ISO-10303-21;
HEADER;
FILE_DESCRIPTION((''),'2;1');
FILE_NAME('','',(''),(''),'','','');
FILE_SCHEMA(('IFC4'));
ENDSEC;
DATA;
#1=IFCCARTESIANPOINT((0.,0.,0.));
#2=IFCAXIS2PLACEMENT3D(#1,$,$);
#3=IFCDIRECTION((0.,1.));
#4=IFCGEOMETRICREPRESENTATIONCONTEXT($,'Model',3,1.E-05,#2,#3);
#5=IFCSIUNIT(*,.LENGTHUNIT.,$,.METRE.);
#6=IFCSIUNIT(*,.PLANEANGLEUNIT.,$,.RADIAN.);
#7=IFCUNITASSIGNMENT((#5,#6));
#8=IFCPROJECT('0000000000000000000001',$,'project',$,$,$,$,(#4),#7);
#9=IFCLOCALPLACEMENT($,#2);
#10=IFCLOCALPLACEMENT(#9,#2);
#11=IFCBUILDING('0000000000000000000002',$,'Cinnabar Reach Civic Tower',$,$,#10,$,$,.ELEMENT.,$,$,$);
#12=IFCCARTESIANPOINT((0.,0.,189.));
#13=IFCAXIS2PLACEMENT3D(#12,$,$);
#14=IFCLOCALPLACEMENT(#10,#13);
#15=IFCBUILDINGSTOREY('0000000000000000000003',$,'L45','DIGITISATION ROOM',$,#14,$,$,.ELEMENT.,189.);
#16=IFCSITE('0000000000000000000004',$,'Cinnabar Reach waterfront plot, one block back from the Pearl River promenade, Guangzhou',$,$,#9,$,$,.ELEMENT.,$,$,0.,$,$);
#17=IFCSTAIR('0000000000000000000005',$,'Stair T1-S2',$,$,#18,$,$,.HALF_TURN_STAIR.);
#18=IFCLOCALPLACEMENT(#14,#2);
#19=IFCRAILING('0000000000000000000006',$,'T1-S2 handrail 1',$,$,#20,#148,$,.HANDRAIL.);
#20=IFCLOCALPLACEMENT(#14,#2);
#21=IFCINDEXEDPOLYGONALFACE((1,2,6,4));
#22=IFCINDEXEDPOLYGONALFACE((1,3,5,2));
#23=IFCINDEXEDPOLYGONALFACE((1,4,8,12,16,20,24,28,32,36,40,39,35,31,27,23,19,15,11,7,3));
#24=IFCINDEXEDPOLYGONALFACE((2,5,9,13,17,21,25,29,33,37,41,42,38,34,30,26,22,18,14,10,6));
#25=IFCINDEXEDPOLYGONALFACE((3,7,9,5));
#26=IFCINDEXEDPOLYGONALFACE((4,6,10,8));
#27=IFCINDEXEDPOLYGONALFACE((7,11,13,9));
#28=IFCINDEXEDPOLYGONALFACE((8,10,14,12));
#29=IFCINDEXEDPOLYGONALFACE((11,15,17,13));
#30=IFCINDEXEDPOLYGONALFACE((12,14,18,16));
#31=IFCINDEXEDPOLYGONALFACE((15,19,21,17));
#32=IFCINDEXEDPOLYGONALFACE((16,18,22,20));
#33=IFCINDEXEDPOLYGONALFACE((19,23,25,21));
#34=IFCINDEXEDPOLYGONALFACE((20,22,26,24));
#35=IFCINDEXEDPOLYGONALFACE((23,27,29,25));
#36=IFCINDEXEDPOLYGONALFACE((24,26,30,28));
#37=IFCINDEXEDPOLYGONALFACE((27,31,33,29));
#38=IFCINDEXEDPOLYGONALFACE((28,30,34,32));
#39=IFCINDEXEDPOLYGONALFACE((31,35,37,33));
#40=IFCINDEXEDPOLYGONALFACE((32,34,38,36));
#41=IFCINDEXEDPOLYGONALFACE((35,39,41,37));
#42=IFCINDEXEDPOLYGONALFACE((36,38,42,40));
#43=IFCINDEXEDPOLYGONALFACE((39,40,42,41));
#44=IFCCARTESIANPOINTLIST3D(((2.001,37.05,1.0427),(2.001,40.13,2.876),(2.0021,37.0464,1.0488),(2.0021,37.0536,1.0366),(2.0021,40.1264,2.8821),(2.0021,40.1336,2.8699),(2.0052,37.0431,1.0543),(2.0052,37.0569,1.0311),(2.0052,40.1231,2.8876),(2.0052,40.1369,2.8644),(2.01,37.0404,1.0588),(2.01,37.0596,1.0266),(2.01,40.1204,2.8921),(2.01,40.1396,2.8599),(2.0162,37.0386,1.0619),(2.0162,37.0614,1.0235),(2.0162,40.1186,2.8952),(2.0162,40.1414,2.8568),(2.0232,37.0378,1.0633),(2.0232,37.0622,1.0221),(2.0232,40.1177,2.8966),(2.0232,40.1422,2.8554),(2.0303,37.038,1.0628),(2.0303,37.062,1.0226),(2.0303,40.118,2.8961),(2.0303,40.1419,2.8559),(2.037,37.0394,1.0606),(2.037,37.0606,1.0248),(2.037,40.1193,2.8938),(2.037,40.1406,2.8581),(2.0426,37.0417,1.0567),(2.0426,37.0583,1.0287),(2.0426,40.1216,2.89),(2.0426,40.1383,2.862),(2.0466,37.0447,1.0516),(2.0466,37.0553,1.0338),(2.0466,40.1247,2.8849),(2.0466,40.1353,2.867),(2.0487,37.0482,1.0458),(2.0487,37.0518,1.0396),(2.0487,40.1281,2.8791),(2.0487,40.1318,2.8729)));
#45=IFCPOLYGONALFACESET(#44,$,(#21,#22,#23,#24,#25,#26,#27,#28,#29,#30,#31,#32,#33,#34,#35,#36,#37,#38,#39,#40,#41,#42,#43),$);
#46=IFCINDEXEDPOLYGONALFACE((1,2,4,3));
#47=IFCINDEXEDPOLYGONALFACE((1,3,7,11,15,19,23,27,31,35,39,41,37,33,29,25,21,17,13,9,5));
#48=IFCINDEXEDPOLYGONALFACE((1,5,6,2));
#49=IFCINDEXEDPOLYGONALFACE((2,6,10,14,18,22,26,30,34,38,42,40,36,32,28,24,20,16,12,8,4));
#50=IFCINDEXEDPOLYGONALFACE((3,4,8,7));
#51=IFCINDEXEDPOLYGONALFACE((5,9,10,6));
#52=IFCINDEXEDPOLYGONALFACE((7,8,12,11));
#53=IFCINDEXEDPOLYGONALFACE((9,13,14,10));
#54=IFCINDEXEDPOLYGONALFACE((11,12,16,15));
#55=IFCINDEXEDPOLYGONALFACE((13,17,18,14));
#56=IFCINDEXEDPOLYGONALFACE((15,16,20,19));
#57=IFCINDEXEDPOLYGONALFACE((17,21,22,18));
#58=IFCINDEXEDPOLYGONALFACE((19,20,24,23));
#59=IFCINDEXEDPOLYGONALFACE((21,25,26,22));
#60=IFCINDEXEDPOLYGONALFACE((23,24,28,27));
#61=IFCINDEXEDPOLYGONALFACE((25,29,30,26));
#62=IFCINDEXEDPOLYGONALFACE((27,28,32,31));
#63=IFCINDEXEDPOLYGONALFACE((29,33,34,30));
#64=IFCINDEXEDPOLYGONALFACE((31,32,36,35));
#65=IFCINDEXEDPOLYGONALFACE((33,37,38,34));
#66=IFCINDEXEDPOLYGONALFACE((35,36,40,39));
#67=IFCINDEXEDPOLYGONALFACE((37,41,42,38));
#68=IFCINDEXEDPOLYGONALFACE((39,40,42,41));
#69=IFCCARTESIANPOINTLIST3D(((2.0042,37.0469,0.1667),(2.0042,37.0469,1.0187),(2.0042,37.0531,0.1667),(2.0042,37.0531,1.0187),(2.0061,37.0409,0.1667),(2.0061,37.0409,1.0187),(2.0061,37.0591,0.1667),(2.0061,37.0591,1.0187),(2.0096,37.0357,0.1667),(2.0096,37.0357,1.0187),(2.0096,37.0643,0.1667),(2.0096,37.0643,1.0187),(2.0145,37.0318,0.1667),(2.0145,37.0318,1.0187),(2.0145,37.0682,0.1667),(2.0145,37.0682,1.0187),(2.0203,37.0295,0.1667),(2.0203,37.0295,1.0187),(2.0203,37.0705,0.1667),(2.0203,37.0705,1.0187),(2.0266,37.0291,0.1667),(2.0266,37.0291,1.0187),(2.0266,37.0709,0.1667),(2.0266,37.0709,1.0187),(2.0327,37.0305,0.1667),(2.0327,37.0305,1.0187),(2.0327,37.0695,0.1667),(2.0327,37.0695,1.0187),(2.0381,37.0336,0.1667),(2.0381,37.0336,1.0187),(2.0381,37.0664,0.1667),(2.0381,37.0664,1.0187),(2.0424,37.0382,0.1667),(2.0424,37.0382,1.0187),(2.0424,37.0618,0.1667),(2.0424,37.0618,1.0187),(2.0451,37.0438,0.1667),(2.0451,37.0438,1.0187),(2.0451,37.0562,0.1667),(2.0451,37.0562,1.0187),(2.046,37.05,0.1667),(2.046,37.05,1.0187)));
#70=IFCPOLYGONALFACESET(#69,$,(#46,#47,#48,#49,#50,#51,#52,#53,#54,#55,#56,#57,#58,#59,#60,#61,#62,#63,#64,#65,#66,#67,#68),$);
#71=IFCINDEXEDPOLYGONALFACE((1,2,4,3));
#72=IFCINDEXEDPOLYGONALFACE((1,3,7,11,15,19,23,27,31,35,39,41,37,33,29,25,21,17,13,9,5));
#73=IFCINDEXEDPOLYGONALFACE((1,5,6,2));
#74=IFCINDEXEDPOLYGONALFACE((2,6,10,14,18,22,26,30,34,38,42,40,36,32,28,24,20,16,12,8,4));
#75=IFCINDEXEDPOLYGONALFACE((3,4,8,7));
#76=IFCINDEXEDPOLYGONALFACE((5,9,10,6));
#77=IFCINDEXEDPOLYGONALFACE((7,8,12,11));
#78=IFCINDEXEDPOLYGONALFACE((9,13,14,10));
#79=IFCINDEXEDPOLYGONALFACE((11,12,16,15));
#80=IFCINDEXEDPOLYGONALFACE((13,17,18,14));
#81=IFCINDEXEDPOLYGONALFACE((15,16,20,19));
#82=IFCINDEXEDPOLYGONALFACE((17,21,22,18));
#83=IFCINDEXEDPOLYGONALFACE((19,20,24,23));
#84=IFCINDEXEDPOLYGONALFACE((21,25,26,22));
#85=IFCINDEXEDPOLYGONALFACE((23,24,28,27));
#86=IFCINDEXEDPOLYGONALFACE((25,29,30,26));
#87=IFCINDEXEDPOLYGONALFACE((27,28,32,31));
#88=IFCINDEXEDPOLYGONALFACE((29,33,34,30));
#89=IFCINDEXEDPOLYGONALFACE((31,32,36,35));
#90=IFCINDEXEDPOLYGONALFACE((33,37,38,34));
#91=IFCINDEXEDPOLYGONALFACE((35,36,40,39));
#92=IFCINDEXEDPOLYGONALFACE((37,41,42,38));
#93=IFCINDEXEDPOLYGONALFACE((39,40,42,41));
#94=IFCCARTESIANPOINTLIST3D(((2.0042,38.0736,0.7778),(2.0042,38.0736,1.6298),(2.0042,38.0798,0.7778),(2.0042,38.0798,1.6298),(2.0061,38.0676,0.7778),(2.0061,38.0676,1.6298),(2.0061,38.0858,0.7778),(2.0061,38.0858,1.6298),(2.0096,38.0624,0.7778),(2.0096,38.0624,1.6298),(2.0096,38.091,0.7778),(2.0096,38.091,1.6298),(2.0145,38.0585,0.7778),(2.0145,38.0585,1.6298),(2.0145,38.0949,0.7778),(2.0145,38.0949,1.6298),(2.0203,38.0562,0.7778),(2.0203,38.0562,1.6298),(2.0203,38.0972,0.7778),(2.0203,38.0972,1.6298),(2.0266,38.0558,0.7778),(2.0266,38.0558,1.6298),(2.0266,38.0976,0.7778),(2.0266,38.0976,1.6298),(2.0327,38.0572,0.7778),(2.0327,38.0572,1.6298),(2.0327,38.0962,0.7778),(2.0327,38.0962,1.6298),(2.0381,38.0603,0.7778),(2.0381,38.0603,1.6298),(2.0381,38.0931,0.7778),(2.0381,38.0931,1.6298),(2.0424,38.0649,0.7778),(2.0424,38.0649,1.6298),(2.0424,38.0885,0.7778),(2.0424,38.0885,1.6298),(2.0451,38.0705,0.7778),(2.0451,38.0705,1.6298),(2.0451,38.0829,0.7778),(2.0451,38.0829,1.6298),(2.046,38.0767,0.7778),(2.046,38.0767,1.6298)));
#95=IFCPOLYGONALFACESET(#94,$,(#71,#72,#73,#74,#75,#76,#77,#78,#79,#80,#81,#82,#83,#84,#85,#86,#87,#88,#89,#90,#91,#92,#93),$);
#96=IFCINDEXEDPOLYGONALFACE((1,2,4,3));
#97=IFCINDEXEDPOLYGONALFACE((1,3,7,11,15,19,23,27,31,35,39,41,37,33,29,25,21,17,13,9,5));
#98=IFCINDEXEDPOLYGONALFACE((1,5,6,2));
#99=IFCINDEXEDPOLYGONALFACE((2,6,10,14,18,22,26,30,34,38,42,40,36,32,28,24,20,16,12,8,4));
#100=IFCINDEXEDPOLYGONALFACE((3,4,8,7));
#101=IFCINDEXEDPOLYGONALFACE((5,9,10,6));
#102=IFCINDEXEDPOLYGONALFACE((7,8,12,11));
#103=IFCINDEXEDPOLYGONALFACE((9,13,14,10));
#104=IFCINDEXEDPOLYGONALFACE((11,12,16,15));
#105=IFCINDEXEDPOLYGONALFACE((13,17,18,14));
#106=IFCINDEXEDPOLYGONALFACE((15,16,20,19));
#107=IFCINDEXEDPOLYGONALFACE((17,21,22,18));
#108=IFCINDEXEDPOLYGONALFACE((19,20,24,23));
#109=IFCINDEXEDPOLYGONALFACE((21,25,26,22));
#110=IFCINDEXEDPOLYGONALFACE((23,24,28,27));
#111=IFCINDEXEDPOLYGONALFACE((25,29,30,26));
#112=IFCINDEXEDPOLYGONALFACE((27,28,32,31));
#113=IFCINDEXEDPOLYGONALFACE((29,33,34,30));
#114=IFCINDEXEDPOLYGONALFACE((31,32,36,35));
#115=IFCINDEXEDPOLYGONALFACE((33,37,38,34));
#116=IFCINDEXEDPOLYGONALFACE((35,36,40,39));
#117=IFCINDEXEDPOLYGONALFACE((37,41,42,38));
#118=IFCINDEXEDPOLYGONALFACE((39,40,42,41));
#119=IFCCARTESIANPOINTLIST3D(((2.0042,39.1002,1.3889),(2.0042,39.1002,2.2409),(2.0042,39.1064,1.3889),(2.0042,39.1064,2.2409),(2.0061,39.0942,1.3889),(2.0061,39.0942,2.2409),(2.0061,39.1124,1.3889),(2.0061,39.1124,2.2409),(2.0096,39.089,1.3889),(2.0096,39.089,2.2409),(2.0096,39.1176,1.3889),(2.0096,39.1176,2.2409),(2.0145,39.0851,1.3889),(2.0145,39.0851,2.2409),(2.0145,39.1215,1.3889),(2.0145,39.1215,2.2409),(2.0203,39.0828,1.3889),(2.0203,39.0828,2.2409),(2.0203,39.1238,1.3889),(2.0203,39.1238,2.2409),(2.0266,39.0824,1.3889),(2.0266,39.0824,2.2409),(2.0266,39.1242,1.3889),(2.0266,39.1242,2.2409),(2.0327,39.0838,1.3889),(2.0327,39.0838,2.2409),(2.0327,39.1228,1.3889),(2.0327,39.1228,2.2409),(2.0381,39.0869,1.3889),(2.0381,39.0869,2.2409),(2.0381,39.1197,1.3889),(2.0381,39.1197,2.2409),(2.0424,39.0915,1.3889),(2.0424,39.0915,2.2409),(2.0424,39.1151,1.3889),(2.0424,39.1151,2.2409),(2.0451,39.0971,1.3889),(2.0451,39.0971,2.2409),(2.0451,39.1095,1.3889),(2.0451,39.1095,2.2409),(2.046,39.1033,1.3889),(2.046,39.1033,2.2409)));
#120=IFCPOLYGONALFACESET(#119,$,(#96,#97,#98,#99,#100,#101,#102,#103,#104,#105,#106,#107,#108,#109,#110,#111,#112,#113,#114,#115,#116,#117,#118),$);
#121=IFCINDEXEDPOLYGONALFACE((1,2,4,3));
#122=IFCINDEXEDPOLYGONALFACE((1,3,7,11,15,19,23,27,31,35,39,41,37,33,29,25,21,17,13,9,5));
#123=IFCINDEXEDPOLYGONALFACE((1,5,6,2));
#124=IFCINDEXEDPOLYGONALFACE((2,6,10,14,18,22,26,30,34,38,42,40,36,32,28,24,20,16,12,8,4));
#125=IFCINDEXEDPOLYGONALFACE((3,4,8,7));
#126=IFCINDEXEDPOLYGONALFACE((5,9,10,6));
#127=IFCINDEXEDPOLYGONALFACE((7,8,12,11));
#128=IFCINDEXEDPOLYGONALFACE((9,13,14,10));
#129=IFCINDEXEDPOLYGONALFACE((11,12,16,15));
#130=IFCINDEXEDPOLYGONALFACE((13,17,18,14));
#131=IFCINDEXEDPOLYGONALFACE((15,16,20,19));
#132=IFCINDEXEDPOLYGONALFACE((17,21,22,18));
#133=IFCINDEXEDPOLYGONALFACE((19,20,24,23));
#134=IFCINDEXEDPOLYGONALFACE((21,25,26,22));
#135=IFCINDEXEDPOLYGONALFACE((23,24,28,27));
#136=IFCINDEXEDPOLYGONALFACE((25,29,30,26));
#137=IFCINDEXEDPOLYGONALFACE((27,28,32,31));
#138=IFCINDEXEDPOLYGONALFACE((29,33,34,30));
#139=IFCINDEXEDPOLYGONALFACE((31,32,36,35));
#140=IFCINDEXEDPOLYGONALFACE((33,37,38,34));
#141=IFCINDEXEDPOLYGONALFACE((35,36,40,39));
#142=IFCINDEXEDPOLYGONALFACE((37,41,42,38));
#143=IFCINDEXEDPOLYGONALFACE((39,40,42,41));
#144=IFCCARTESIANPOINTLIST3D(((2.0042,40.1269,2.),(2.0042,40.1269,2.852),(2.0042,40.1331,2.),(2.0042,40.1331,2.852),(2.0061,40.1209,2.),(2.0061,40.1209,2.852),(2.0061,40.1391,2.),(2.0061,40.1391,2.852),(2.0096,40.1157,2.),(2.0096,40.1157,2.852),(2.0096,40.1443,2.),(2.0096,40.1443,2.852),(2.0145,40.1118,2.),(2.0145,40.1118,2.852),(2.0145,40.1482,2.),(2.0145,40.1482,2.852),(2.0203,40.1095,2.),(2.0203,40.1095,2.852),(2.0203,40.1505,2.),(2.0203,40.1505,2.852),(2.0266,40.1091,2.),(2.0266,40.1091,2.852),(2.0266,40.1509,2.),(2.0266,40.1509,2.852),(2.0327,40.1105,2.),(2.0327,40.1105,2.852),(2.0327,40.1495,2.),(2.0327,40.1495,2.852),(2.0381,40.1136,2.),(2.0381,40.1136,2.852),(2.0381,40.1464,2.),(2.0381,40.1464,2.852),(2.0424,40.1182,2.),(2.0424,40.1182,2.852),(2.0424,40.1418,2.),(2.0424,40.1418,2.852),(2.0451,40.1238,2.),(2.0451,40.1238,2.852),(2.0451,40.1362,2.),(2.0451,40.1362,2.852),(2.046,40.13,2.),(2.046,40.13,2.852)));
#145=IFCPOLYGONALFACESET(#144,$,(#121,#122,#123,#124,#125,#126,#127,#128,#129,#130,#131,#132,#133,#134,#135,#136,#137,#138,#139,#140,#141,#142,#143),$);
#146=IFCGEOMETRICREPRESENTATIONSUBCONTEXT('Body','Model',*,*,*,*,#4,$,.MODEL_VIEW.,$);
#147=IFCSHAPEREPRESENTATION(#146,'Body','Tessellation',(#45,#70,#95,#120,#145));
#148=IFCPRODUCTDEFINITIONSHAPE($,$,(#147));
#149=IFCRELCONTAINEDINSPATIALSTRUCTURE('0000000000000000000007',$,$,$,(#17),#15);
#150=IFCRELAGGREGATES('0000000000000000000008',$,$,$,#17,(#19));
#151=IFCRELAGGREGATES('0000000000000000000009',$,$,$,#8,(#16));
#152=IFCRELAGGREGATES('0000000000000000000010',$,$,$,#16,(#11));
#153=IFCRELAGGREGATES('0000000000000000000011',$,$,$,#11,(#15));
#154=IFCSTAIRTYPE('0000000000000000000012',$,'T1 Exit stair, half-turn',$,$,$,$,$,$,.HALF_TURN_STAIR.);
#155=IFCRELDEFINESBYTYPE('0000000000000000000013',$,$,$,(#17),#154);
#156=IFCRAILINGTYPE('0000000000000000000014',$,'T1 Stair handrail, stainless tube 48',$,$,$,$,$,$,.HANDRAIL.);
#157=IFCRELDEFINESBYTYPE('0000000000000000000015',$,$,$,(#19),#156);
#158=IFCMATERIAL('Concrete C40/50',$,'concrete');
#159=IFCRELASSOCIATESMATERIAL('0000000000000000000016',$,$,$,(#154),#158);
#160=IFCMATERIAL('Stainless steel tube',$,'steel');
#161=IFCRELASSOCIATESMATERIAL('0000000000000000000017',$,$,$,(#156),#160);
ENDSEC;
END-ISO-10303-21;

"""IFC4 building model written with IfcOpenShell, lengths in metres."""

from ifc_helpers import new_model, si_unit, direction, frame, origin, origin_2d, place, context, subcontext, project, spatial, circle, extrude, material, type_object, element, aggregate, save


model = new_model("IFC4")

# Units and contexts
model_context = context("Model", 3, precision=1e-05, world=origin(), true_north=direction((0.0, 1.0)))
body_context = subcontext(model_context, "Body", "Model", "MODEL_VIEW")
ifc_project = project(units=[si_unit("LENGTHUNIT", "METRE"), si_unit("PLANEANGLEUNIT", "RADIAN")], contexts=[model_context])

# Site, building, storey
site_placement = place(None, origin())
site = spatial("IfcSite", under=ifc_project, at=site_placement, Name="Cinnabar Reach waterfront plot, one block back from the Pearl River promenade, Guangzhou", CompositionType="ELEMENT", RefElevation=0.0)
building_placement = place(site_placement, origin())
building = spatial("IfcBuilding", under=site, at=building_placement, Name="Cinnabar Reach Civic Tower", CompositionType="ELEMENT")
storey_placement = place(building_placement, frame((0.0, 0.0, 189.0)))
storey = spatial("IfcBuildingStorey", under=building, at=storey_placement, Name="L45", Description="DIGITISATION ROOM", CompositionType="ELEMENT", Elevation=189.0)

# Shared definitions
ifc_material_1 = material(Name="Concrete C40/50", Category="concrete")

# Stair, railing
stair_type = type_object("IfcStairType", Name="T1 Exit stair, half-turn", PredefinedType="HALF_TURN_STAIR", material=ifc_material_1)
stair_placement = place(storey_placement, origin())
stair = element("IfcStair", 1, at=stair_placement, inside=storey, type_object=stair_type, Name="Stair T1-S2", PredefinedType="HALF_TURN_STAIR")
ifc_material_2 = material(Name="Stainless steel tube", Category="steel")
railing_type = type_object("IfcRailingType", Name="T1 Stair handrail, stainless tube 48", PredefinedType="HANDRAIL", material=ifc_material_2)
railing_1_placement = place(storey_placement, frame((2.025, 37.05, 0.1667)))
railing_1 = element("IfcRailing", 2, at=railing_1_placement, type_object=railing_type, Name="T1-S2 handrail 1", PredefinedType="HANDRAIL", context=body_context, shape_type="SweptSolid", body=[
    extrude(circle(Radius=0.024, at=origin_2d()), frame((0.0, 0.0, 0.876), z_axis=(0.0, 0.859297, 0.511477), x_axis=(-1.0, 0.0, 0.0)), (0.0, 0.0, 1.0), 3.5843),
    extrude(circle(Radius=0.021, at=origin_2d()), origin(), (0.0, 0.0, 1.0), 0.852),
    extrude(circle(Radius=0.021, at=origin_2d()), frame((0.0, 1.0267, 0.6111)), (0.0, 0.0, 1.0), 0.852),
    extrude(circle(Radius=0.021, at=origin_2d()), frame((0.0, 2.0533, 1.2222)), (0.0, 0.0, 1.0), 0.852),
    extrude(circle(Radius=0.021, at=origin_2d()), frame((0.0, 3.08, 1.8333)), (0.0, 0.0, 1.0), 0.852),
])
aggregate(stair, [railing_1])

save(model, "model.ifc")
